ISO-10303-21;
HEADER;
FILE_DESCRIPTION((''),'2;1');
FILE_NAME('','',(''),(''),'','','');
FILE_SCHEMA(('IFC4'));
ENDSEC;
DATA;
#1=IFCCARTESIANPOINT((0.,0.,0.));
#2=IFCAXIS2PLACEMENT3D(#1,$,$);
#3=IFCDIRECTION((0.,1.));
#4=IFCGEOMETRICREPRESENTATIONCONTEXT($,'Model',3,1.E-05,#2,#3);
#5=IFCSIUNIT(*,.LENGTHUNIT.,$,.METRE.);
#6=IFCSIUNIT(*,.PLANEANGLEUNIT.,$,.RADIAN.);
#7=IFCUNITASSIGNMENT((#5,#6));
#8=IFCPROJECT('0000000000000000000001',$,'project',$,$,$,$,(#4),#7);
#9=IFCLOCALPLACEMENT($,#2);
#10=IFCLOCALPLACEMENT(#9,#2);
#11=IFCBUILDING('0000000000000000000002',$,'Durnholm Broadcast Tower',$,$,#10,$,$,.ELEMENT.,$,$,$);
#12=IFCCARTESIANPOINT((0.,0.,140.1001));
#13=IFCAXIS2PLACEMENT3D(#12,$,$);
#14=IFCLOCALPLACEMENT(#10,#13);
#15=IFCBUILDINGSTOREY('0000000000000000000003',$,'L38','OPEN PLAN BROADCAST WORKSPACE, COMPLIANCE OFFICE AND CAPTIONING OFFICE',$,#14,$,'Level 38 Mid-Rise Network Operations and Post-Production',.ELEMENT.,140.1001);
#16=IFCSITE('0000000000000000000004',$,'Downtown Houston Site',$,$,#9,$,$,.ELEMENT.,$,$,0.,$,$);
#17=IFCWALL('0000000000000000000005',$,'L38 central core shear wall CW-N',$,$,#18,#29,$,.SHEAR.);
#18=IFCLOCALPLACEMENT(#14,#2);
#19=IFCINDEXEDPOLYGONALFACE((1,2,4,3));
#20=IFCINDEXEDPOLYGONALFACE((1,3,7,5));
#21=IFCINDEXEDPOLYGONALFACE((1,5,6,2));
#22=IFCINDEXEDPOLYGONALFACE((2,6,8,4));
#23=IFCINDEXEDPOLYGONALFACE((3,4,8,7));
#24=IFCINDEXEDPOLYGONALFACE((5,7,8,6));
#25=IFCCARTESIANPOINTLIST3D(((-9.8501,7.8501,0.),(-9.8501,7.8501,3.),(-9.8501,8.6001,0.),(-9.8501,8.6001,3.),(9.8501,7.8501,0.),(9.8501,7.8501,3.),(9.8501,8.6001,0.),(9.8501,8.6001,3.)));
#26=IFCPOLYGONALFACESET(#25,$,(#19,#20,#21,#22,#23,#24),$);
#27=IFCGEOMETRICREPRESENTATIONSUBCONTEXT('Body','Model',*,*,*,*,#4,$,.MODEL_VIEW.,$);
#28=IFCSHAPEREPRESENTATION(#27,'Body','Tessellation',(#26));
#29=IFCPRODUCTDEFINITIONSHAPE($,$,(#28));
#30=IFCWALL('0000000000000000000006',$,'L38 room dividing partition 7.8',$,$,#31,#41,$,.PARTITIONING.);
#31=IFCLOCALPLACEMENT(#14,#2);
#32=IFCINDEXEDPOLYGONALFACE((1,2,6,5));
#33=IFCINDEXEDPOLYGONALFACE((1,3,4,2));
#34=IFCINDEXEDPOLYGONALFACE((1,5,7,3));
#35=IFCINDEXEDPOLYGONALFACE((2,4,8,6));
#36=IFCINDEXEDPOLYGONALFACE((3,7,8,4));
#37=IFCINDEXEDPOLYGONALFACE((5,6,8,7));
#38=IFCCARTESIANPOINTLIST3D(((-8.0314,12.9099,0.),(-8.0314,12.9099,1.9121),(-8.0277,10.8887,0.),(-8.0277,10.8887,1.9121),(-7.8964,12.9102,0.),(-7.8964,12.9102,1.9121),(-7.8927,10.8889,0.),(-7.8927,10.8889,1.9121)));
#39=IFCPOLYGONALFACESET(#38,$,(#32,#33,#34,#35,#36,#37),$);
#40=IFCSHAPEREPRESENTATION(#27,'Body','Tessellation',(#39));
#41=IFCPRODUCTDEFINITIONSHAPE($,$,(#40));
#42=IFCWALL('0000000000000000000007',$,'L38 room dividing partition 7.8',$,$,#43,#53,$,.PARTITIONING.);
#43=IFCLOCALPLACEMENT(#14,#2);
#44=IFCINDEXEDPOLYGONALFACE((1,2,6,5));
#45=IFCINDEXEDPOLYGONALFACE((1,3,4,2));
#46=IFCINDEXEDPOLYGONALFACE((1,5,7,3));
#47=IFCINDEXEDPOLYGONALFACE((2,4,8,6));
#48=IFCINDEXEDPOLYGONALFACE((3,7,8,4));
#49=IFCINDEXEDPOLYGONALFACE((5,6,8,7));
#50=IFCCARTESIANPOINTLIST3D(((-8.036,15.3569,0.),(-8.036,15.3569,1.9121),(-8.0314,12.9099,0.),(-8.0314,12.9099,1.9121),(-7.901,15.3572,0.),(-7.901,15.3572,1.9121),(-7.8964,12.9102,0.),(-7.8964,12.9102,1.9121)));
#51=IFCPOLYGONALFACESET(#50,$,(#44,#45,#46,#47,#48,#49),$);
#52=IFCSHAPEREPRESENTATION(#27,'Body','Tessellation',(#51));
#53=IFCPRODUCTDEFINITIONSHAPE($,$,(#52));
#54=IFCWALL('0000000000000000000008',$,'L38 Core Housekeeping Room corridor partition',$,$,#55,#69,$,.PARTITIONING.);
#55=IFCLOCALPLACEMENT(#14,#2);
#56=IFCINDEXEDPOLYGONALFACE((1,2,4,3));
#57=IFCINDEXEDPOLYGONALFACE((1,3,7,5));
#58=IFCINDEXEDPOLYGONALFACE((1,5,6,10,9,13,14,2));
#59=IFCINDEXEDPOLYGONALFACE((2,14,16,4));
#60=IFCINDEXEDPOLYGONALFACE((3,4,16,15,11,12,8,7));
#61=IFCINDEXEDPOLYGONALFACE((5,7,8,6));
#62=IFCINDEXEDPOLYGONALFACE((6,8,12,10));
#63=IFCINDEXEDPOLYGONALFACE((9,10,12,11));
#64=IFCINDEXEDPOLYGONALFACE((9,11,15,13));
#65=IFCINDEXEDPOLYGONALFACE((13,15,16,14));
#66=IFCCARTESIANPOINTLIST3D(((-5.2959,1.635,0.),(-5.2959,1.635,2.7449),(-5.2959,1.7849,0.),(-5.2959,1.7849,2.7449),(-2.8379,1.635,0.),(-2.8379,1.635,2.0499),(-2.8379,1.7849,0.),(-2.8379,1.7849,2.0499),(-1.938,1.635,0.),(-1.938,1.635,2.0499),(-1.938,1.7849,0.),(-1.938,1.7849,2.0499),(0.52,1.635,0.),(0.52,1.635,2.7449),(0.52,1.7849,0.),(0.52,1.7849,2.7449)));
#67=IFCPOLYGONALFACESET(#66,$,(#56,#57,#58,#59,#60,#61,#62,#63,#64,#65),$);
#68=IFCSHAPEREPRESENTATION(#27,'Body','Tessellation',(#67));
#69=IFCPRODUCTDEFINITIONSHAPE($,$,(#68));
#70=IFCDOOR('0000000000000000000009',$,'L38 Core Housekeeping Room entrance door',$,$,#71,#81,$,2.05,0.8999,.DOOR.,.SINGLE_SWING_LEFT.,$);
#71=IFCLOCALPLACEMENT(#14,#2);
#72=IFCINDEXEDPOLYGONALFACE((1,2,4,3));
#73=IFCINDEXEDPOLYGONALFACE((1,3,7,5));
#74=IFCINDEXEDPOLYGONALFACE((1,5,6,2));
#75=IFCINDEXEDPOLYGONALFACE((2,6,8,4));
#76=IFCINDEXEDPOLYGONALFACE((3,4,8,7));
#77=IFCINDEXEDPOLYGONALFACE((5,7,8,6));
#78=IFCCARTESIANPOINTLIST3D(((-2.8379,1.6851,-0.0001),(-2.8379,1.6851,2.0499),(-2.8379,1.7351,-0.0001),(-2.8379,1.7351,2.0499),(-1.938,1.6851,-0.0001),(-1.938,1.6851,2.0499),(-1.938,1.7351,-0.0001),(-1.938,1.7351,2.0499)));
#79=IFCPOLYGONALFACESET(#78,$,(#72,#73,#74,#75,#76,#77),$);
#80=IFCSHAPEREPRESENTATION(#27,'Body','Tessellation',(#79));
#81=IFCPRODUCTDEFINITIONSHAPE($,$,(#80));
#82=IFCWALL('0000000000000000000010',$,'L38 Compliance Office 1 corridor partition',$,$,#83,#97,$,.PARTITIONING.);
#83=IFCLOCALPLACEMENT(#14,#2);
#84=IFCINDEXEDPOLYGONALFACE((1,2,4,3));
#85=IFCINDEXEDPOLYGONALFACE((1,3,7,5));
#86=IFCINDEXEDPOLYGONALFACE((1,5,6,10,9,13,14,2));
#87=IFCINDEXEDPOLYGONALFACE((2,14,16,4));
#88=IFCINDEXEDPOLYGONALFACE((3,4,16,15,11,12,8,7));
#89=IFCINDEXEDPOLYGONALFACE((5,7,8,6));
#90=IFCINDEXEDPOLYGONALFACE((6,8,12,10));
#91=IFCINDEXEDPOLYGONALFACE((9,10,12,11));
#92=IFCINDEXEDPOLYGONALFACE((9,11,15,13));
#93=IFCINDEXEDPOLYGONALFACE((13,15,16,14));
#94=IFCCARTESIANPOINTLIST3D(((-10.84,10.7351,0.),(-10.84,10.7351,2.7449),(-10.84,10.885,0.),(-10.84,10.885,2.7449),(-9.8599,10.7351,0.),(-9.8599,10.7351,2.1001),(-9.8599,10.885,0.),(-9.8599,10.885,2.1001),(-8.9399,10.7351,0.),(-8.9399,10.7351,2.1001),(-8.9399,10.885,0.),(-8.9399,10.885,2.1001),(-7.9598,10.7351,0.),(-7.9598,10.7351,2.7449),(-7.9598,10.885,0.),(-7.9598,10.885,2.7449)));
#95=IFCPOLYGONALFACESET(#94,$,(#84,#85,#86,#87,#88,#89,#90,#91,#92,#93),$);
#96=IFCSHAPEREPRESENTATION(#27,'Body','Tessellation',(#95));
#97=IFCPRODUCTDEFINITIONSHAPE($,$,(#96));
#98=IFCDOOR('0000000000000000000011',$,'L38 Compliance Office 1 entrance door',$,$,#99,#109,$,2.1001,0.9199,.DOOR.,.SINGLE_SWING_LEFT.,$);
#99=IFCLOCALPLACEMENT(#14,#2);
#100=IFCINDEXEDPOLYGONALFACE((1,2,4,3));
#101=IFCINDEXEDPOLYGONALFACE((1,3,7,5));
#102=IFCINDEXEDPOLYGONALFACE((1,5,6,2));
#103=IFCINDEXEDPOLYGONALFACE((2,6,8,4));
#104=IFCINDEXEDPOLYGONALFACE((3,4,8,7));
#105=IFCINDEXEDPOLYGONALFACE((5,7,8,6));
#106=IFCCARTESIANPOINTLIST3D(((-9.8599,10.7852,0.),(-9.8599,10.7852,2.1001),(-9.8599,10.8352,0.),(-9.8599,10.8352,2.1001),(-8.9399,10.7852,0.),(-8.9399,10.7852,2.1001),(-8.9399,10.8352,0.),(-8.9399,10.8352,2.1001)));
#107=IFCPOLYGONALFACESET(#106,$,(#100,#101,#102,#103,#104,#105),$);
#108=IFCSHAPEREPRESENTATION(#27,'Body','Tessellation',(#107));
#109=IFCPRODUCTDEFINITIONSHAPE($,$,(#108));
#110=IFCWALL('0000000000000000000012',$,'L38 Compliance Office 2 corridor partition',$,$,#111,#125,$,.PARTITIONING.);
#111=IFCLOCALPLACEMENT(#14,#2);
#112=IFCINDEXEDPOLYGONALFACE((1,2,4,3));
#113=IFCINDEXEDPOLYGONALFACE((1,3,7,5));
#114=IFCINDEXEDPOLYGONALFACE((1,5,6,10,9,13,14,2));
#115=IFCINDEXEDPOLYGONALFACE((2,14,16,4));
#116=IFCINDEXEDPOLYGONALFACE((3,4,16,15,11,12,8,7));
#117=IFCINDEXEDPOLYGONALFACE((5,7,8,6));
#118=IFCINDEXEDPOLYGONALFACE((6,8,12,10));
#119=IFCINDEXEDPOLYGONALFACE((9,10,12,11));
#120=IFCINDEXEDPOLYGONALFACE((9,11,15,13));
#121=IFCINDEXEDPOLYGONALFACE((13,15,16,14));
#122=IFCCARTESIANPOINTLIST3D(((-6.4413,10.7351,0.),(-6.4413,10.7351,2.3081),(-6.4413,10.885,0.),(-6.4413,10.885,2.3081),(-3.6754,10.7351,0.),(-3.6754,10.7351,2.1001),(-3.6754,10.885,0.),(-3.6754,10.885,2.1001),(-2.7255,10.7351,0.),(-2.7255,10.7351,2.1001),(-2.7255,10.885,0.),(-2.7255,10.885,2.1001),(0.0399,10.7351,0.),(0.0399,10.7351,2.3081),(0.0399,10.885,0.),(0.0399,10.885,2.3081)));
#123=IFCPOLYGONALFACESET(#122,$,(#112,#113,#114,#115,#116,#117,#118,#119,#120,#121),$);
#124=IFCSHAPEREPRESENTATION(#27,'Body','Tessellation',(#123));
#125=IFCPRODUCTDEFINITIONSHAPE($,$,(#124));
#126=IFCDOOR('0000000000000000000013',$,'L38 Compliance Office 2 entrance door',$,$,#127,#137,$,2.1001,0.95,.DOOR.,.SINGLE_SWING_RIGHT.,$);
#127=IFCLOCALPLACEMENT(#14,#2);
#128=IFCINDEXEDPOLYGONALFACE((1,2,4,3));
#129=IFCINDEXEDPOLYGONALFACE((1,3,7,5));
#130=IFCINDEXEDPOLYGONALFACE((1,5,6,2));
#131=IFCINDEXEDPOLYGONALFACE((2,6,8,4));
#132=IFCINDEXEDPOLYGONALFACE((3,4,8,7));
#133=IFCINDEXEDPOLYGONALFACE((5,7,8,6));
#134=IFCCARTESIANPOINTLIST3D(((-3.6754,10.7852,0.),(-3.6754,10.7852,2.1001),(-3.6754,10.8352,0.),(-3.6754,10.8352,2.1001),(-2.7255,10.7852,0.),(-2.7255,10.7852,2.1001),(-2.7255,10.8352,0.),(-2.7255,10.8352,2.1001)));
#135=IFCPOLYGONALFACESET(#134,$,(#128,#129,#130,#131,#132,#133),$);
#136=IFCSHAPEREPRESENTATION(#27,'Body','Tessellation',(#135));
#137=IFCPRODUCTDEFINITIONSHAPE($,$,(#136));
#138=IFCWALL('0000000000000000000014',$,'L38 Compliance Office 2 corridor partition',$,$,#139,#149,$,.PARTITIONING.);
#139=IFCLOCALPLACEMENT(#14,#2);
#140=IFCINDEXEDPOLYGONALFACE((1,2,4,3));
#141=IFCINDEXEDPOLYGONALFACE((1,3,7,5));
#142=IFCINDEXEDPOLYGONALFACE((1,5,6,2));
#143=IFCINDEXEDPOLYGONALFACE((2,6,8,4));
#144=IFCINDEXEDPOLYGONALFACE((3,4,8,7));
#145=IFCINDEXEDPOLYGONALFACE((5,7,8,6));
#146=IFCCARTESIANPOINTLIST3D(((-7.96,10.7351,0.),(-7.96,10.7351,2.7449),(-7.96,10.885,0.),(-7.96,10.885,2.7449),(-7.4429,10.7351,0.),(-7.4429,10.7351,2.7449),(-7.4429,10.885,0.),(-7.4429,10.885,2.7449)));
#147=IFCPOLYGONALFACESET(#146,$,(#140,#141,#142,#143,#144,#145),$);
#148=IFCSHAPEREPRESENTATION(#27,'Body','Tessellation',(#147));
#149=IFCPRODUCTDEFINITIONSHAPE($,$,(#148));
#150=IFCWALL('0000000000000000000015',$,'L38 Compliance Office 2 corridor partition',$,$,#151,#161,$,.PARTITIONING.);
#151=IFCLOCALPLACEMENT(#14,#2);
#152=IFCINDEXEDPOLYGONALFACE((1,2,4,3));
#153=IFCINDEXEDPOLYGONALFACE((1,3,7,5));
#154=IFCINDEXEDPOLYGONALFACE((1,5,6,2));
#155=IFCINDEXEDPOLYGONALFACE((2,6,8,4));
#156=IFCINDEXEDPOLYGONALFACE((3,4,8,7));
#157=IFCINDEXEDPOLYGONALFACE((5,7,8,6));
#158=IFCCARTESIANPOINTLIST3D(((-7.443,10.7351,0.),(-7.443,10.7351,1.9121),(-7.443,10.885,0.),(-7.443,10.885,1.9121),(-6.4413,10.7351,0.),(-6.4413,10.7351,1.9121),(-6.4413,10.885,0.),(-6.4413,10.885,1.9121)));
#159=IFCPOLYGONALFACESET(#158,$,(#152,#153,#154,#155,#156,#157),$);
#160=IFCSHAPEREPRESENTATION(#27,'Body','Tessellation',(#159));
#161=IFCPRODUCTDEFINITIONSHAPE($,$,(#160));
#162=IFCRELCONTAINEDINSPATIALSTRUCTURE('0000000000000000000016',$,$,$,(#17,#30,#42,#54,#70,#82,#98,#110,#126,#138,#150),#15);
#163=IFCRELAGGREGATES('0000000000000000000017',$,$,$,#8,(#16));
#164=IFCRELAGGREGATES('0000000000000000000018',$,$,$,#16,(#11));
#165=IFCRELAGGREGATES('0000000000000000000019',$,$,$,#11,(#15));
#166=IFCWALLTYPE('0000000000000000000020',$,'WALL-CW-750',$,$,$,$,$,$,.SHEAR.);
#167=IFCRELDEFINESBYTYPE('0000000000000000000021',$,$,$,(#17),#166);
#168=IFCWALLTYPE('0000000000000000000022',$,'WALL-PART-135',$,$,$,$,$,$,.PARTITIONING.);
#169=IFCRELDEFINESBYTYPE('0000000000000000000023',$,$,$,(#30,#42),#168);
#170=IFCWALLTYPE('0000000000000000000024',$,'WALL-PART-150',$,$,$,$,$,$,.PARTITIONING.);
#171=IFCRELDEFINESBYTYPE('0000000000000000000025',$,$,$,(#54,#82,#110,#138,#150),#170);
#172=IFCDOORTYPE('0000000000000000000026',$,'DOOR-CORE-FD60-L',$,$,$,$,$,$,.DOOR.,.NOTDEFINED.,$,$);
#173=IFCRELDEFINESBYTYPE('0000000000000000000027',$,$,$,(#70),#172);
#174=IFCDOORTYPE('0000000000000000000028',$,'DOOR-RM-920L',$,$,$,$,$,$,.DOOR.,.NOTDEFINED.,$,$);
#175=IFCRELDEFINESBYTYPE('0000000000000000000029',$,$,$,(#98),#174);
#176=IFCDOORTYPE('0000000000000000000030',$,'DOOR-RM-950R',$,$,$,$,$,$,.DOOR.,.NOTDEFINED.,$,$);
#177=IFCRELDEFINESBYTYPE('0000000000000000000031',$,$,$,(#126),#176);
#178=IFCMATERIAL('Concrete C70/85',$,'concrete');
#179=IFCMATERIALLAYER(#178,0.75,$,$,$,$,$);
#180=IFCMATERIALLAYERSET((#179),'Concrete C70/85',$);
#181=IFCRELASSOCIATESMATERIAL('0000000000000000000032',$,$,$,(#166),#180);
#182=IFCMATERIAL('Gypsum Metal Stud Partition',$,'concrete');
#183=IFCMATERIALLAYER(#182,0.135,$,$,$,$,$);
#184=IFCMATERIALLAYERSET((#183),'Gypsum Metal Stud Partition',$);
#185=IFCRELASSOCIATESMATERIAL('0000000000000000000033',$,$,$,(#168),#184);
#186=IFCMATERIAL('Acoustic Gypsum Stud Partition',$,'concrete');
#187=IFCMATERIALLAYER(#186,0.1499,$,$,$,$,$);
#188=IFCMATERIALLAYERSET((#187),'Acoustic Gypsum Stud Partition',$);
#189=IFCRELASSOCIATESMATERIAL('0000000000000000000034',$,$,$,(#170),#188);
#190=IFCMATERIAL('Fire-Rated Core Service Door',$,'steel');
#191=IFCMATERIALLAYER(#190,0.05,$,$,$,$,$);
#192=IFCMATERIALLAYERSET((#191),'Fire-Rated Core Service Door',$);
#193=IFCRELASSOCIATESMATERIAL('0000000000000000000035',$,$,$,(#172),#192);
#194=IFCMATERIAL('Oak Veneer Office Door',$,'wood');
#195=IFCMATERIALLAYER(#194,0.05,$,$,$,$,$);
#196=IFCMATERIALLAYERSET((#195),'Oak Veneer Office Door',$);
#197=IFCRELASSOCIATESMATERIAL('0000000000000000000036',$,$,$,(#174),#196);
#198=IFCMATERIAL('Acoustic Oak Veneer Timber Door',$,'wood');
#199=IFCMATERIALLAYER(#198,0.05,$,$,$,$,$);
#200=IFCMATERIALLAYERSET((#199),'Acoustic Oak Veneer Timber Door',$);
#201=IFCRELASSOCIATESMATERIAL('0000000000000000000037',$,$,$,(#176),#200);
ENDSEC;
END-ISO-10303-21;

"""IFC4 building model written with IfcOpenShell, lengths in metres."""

from ifc_helpers import new_model, si_unit, direction, frame, frame_2d, origin, place, context, subcontext, project, spatial, rectangle, extrude, source, transform, mapped, material, layer, layer_set, type_object, type_shapes, element, fill, save


model = new_model("IFC4")

# Units and contexts
model_context = context("Model", 3, precision=1e-05, world=origin(), true_north=direction((0.0, 1.0)))
body_context = subcontext(model_context, "Body", "Model", "MODEL_VIEW")
ifc_project = project(units=[si_unit("LENGTHUNIT", "METRE"), si_unit("PLANEANGLEUNIT", "RADIAN")], contexts=[model_context])

# Site, building, storey
site_placement = place(None, origin())
site = spatial("IfcSite", under=ifc_project, at=site_placement, Name="Downtown Houston Site", CompositionType="ELEMENT", RefElevation=0.0)
building_placement = place(site_placement, origin())
building = spatial("IfcBuilding", under=site, at=building_placement, Name="Durnholm Broadcast Tower", CompositionType="ELEMENT")
storey_placement = place(building_placement, frame((0.0, 0.0, 140.1001)))
storey = spatial("IfcBuildingStorey", under=building, at=storey_placement, Name="L38", Description="OPEN PLAN BROADCAST WORKSPACE, COMPLIANCE OFFICE AND CAPTIONING OFFICE", LongName="Level 38 Mid-Rise Network Operations and Post-Production", CompositionType="ELEMENT", Elevation=140.1001)

# Shared definitions
ifc_material_1 = material(Name="Concrete C70/85", Category="concrete")

# Walls
ifc_layer_1 = layer(ifc_material_1, 0.75)
ifc_layer_set_1 = layer_set([ifc_layer_1], Name="Concrete C70/85")
wall_type_1 = type_object("IfcWallType", Name="WALL-CW-750", PredefinedType="SHEAR", material=ifc_layer_set_1)
wall_1_placement = place(storey_placement, frame((-9.8501, 8.2251, 0.0), z_axis=(0.0, 0.0, 1.0), x_axis=(1.0, 0.0, 0.0)))
element("IfcWall", 1, at=wall_1_placement, inside=storey, type_object=wall_type_1, Name="L38 central core shear wall CW-N", PredefinedType="SHEAR", context=body_context, shape_type="SweptSolid", body=[
    extrude(rectangle(XDim=19.7002, YDim=0.75, at=frame_2d((9.8501, 0.0))), origin(), (0.0, 0.0, 1.0), 3.0),
])
ifc_material_2 = material(Name="Gypsum Metal Stud Partition", Category="concrete")
ifc_layer_2 = layer(ifc_material_2, 0.135)
ifc_layer_set_2 = layer_set([ifc_layer_2], Name="Gypsum Metal Stud Partition")
wall_type_2 = type_object("IfcWallType", Name="WALL-PART-135", PredefinedType="PARTITIONING", material=ifc_layer_set_2)
wall_2_placement = place(storey_placement, frame((-7.9639, 12.9102, 0.0), z_axis=(0.0, 0.0, 1.0), x_axis=(0.001812, -0.999998, 0.0)))
element("IfcWall", 2, at=wall_2_placement, inside=storey, type_object=wall_type_2, Name="L38 room dividing partition 7.8", PredefinedType="PARTITIONING", context=body_context, shape_type="SweptSolid", body=[
    extrude(rectangle(XDim=2.0212, YDim=0.135, at=frame_2d((1.0107, 0.0))), origin(), (0.0, 0.0, 1.0), 1.9121),
])
wall_3_placement = place(storey_placement, frame((-7.9685, 15.3572, 0.0), z_axis=(0.0, 0.0, 1.0), x_axis=(0.001896, -0.999998, 0.0)))
element("IfcWall", 3, at=wall_3_placement, inside=storey, type_object=wall_type_2, Name="L38 room dividing partition 7.8", PredefinedType="PARTITIONING", context=body_context, shape_type="SweptSolid", body=[
    extrude(rectangle(XDim=2.447, YDim=0.135, at=frame_2d((1.2236, 0.0))), origin(), (0.0, 0.0, 1.0), 1.9121),
])

# Walls, openings, doors
ifc_material_3 = material(Name="Acoustic Gypsum Stud Partition", Category="concrete")
ifc_layer_3 = layer(ifc_material_3, 0.1499)
ifc_layer_set_3 = layer_set([ifc_layer_3], Name="Acoustic Gypsum Stud Partition")
wall_type_3 = type_object("IfcWallType", Name="WALL-PART-150", PredefinedType="PARTITIONING", material=ifc_layer_set_3)
wall_4_placement = place(storey_placement, frame((0.52, 1.71, 0.0), z_axis=(0.0, 0.0, 1.0), x_axis=(-1.0, 0.0, 0.0)))
wall_4 = element("IfcWall", 4, at=wall_4_placement, inside=storey, type_object=wall_type_3, Name="L38 Core Housekeeping Room corridor partition", PredefinedType="PARTITIONING", context=body_context, shape_type="SweptSolid", body=[
    extrude(rectangle(XDim=5.8159, YDim=0.1499, at=frame_2d((2.908, 0.0))), origin(), (0.0, 0.0, 1.0), 2.7449),
])
opening_1_placement = place(wall_4_placement, frame((2.458, 0.0, 0.0)))
opening_1 = element("IfcOpeningElement", 5, at=opening_1_placement, cuts=wall_4, PredefinedType="OPENING", context=body_context, shape_type="SweptSolid", body=[
    extrude(rectangle(XDim=0.8999, YDim=2.05, at=frame_2d((0.45, 1.0249))), frame((0.0, 0.085, 0.0), z_axis=(0.0, -1.0, 0.0), x_axis=(1.0, 0.0, 0.0)), (0.0, 0.0, 1.0), 0.1699),
])
ifc_material_4 = material(Name="Fire-Rated Core Service Door", Category="steel")
ifc_layer_4 = layer(ifc_material_4, 0.05)
ifc_layer_set_4 = layer_set([ifc_layer_4], Name="Fire-Rated Core Service Door")
door_type_1 = type_object("IfcDoorType", Name="DOOR-CORE-FD60-L", OperationType="NOTDEFINED", PredefinedType="DOOR", material=ifc_layer_set_4)
shared_shape_1 = source(origin(), body_context, "Body", "SweptSolid", [
    extrude(rectangle(XDim=0.8999, YDim=2.05, at=frame_2d((0.45, 1.0249))), frame((0.0, 0.0249, 0.0), z_axis=(0.0, -1.0, 0.0), x_axis=(1.0, 0.0, 0.0)), (0.0, 0.0, 1.0), 0.05),
])
type_shapes(door_type_1, [shared_shape_1])
door_1_placement = place(opening_1_placement, origin())
door_1 = element("IfcDoor", 6, at=door_1_placement, inside=storey, type_object=door_type_1, Name="L38 Core Housekeeping Room entrance door", OperationType="SINGLE_SWING_LEFT", OverallHeight=2.05, OverallWidth=0.8999, PredefinedType="DOOR", context=body_context, shape_type="MappedRepresentation", body=[
    mapped(shared_shape_1, transform((0.0, 0.0, 0.0), x_axis=(1.0, 0.0, 0.0), y_axis=(0.0, 1.0, 0.0), z_axis=(0.0, 0.0, 1.0), scale=1.0)),
])
fill(opening_1, door_1)
wall_5_placement = place(storey_placement, frame((-7.96, 10.8101, 0.0), z_axis=(0.0, 0.0, 1.0), x_axis=(-1.0, 0.0, 0.0)))
wall_5 = element("IfcWall", 7, at=wall_5_placement, inside=storey, type_object=wall_type_3, Name="L38 Compliance Office 1 corridor partition", PredefinedType="PARTITIONING", context=body_context, shape_type="SweptSolid", body=[
    extrude(rectangle(XDim=2.8801, YDim=0.1499, at=frame_2d((1.4399, 0.0))), origin(), (0.0, 0.0, 1.0), 2.7449),
])
opening_2_placement = place(wall_5_placement, frame((0.98, 0.0, 0.0)))
opening_2 = element("IfcOpeningElement", 8, at=opening_2_placement, cuts=wall_5, PredefinedType="OPENING", context=body_context, shape_type="SweptSolid", body=[
    extrude(rectangle(XDim=0.9199, YDim=2.1001, at=frame_2d((0.46, 1.05))), frame((0.0, 0.085, 0.0), z_axis=(0.0, -1.0, 0.0), x_axis=(1.0, 0.0, 0.0)), (0.0, 0.0, 1.0), 0.1699),
])
ifc_material_5 = material(Name="Oak Veneer Office Door", Category="wood")
ifc_layer_5 = layer(ifc_material_5, 0.05)
ifc_layer_set_5 = layer_set([ifc_layer_5], Name="Oak Veneer Office Door")
door_type_2 = type_object("IfcDoorType", Name="DOOR-RM-920L", OperationType="NOTDEFINED", PredefinedType="DOOR", material=ifc_layer_set_5)
shared_shape_2 = source(origin(), body_context, "Body", "SweptSolid", [
    extrude(rectangle(XDim=0.9199, YDim=2.1001, at=frame_2d((0.46, 1.05))), frame((0.0, 0.0249, 0.0), z_axis=(0.0, -1.0, 0.0), x_axis=(1.0, 0.0, 0.0)), (0.0, 0.0, 1.0), 0.05),
])
type_shapes(door_type_2, [shared_shape_2])
door_2_placement = place(opening_2_placement, origin())
door_2 = element("IfcDoor", 9, at=door_2_placement, inside=storey, type_object=door_type_2, Name="L38 Compliance Office 1 entrance door", OperationType="SINGLE_SWING_LEFT", OverallHeight=2.1001, OverallWidth=0.9199, PredefinedType="DOOR", context=body_context, shape_type="MappedRepresentation", body=[
    mapped(shared_shape_2, transform((0.0, 0.0, 0.0), x_axis=(1.0, 0.0, 0.0), y_axis=(0.0, 1.0, 0.0), z_axis=(0.0, 0.0, 1.0), scale=1.0)),
])
fill(opening_2, door_2)
wall_6_placement = place(storey_placement, frame((0.04, 10.8101, 0.0), z_axis=(0.0, 0.0, 1.0), x_axis=(-1.0, 0.0, 0.0)))
wall_6 = element("IfcWall", 10, at=wall_6_placement, inside=storey, type_object=wall_type_3, Name="L38 Compliance Office 2 corridor partition", PredefinedType="PARTITIONING", context=body_context, shape_type="SweptSolid", body=[
    extrude(rectangle(XDim=6.4812, YDim=0.1499, at=frame_2d((3.2407, 0.0))), origin(), (0.0, 0.0, 1.0), 2.3081),
])
opening_3_placement = place(wall_6_placement, frame((2.7654, 0.0, 0.0)))
opening_3 = element("IfcOpeningElement", 11, at=opening_3_placement, cuts=wall_6, PredefinedType="OPENING", context=body_context, shape_type="SweptSolid", body=[
    extrude(rectangle(XDim=0.95, YDim=2.1001, at=frame_2d((0.4751, 1.05))), frame((0.0, 0.085, 0.0), z_axis=(0.0, -1.0, 0.0), x_axis=(1.0, 0.0, 0.0)), (0.0, 0.0, 1.0), 0.1699),
])
ifc_material_6 = material(Name="Acoustic Oak Veneer Timber Door", Category="wood")
ifc_layer_6 = layer(ifc_material_6, 0.05)
ifc_layer_set_6 = layer_set([ifc_layer_6], Name="Acoustic Oak Veneer Timber Door")
door_type_3 = type_object("IfcDoorType", Name="DOOR-RM-950R", OperationType="NOTDEFINED", PredefinedType="DOOR", material=ifc_layer_set_6)
shared_shape_3 = source(origin(), body_context, "Body", "SweptSolid", [
    extrude(rectangle(XDim=0.95, YDim=2.1001, at=frame_2d((0.4751, 1.05))), frame((0.0, 0.0249, 0.0), z_axis=(0.0, -1.0, 0.0), x_axis=(1.0, 0.0, 0.0)), (0.0, 0.0, 1.0), 0.05),
])
type_shapes(door_type_3, [shared_shape_3])
door_3_placement = place(opening_3_placement, origin())
door_3 = element("IfcDoor", 12, at=door_3_placement, inside=storey, type_object=door_type_3, Name="L38 Compliance Office 2 entrance door", OperationType="SINGLE_SWING_RIGHT", OverallHeight=2.1001, OverallWidth=0.95, PredefinedType="DOOR", context=body_context, shape_type="MappedRepresentation", body=[
    mapped(shared_shape_3, transform((0.0, 0.0, 0.0), x_axis=(1.0, 0.0, 0.0), y_axis=(0.0, 1.0, 0.0), z_axis=(0.0, 0.0, 1.0), scale=1.0)),
])
fill(opening_3, door_3)

# Walls
wall_7_placement = place(storey_placement, frame((-7.4429, 10.8101, 0.0), z_axis=(0.0, 0.0, 1.0), x_axis=(-1.0, 0.0, 0.0)))
element("IfcWall", 13, at=wall_7_placement, inside=storey, type_object=wall_type_3, Name="L38 Compliance Office 2 corridor partition", PredefinedType="PARTITIONING", context=body_context, shape_type="SweptSolid", body=[
    extrude(rectangle(XDim=0.5171, YDim=0.1499, at=frame_2d((0.2585, 0.0))), origin(), (0.0, 0.0, 1.0), 2.7449),
])
wall_8_placement = place(storey_placement, frame((-6.4412, 10.8101, 0.0), z_axis=(0.0, 0.0, 1.0), x_axis=(-1.0, 0.0, 0.0)))
element("IfcWall", 14, at=wall_8_placement, inside=storey, type_object=wall_type_3, Name="L38 Compliance Office 2 corridor partition", PredefinedType="PARTITIONING", context=body_context, shape_type="SweptSolid", body=[
    extrude(rectangle(XDim=1.0017, YDim=0.1499, at=frame_2d((0.501, 0.0))), origin(), (0.0, 0.0, 1.0), 1.9121),
])

save(model, "model.ifc")
